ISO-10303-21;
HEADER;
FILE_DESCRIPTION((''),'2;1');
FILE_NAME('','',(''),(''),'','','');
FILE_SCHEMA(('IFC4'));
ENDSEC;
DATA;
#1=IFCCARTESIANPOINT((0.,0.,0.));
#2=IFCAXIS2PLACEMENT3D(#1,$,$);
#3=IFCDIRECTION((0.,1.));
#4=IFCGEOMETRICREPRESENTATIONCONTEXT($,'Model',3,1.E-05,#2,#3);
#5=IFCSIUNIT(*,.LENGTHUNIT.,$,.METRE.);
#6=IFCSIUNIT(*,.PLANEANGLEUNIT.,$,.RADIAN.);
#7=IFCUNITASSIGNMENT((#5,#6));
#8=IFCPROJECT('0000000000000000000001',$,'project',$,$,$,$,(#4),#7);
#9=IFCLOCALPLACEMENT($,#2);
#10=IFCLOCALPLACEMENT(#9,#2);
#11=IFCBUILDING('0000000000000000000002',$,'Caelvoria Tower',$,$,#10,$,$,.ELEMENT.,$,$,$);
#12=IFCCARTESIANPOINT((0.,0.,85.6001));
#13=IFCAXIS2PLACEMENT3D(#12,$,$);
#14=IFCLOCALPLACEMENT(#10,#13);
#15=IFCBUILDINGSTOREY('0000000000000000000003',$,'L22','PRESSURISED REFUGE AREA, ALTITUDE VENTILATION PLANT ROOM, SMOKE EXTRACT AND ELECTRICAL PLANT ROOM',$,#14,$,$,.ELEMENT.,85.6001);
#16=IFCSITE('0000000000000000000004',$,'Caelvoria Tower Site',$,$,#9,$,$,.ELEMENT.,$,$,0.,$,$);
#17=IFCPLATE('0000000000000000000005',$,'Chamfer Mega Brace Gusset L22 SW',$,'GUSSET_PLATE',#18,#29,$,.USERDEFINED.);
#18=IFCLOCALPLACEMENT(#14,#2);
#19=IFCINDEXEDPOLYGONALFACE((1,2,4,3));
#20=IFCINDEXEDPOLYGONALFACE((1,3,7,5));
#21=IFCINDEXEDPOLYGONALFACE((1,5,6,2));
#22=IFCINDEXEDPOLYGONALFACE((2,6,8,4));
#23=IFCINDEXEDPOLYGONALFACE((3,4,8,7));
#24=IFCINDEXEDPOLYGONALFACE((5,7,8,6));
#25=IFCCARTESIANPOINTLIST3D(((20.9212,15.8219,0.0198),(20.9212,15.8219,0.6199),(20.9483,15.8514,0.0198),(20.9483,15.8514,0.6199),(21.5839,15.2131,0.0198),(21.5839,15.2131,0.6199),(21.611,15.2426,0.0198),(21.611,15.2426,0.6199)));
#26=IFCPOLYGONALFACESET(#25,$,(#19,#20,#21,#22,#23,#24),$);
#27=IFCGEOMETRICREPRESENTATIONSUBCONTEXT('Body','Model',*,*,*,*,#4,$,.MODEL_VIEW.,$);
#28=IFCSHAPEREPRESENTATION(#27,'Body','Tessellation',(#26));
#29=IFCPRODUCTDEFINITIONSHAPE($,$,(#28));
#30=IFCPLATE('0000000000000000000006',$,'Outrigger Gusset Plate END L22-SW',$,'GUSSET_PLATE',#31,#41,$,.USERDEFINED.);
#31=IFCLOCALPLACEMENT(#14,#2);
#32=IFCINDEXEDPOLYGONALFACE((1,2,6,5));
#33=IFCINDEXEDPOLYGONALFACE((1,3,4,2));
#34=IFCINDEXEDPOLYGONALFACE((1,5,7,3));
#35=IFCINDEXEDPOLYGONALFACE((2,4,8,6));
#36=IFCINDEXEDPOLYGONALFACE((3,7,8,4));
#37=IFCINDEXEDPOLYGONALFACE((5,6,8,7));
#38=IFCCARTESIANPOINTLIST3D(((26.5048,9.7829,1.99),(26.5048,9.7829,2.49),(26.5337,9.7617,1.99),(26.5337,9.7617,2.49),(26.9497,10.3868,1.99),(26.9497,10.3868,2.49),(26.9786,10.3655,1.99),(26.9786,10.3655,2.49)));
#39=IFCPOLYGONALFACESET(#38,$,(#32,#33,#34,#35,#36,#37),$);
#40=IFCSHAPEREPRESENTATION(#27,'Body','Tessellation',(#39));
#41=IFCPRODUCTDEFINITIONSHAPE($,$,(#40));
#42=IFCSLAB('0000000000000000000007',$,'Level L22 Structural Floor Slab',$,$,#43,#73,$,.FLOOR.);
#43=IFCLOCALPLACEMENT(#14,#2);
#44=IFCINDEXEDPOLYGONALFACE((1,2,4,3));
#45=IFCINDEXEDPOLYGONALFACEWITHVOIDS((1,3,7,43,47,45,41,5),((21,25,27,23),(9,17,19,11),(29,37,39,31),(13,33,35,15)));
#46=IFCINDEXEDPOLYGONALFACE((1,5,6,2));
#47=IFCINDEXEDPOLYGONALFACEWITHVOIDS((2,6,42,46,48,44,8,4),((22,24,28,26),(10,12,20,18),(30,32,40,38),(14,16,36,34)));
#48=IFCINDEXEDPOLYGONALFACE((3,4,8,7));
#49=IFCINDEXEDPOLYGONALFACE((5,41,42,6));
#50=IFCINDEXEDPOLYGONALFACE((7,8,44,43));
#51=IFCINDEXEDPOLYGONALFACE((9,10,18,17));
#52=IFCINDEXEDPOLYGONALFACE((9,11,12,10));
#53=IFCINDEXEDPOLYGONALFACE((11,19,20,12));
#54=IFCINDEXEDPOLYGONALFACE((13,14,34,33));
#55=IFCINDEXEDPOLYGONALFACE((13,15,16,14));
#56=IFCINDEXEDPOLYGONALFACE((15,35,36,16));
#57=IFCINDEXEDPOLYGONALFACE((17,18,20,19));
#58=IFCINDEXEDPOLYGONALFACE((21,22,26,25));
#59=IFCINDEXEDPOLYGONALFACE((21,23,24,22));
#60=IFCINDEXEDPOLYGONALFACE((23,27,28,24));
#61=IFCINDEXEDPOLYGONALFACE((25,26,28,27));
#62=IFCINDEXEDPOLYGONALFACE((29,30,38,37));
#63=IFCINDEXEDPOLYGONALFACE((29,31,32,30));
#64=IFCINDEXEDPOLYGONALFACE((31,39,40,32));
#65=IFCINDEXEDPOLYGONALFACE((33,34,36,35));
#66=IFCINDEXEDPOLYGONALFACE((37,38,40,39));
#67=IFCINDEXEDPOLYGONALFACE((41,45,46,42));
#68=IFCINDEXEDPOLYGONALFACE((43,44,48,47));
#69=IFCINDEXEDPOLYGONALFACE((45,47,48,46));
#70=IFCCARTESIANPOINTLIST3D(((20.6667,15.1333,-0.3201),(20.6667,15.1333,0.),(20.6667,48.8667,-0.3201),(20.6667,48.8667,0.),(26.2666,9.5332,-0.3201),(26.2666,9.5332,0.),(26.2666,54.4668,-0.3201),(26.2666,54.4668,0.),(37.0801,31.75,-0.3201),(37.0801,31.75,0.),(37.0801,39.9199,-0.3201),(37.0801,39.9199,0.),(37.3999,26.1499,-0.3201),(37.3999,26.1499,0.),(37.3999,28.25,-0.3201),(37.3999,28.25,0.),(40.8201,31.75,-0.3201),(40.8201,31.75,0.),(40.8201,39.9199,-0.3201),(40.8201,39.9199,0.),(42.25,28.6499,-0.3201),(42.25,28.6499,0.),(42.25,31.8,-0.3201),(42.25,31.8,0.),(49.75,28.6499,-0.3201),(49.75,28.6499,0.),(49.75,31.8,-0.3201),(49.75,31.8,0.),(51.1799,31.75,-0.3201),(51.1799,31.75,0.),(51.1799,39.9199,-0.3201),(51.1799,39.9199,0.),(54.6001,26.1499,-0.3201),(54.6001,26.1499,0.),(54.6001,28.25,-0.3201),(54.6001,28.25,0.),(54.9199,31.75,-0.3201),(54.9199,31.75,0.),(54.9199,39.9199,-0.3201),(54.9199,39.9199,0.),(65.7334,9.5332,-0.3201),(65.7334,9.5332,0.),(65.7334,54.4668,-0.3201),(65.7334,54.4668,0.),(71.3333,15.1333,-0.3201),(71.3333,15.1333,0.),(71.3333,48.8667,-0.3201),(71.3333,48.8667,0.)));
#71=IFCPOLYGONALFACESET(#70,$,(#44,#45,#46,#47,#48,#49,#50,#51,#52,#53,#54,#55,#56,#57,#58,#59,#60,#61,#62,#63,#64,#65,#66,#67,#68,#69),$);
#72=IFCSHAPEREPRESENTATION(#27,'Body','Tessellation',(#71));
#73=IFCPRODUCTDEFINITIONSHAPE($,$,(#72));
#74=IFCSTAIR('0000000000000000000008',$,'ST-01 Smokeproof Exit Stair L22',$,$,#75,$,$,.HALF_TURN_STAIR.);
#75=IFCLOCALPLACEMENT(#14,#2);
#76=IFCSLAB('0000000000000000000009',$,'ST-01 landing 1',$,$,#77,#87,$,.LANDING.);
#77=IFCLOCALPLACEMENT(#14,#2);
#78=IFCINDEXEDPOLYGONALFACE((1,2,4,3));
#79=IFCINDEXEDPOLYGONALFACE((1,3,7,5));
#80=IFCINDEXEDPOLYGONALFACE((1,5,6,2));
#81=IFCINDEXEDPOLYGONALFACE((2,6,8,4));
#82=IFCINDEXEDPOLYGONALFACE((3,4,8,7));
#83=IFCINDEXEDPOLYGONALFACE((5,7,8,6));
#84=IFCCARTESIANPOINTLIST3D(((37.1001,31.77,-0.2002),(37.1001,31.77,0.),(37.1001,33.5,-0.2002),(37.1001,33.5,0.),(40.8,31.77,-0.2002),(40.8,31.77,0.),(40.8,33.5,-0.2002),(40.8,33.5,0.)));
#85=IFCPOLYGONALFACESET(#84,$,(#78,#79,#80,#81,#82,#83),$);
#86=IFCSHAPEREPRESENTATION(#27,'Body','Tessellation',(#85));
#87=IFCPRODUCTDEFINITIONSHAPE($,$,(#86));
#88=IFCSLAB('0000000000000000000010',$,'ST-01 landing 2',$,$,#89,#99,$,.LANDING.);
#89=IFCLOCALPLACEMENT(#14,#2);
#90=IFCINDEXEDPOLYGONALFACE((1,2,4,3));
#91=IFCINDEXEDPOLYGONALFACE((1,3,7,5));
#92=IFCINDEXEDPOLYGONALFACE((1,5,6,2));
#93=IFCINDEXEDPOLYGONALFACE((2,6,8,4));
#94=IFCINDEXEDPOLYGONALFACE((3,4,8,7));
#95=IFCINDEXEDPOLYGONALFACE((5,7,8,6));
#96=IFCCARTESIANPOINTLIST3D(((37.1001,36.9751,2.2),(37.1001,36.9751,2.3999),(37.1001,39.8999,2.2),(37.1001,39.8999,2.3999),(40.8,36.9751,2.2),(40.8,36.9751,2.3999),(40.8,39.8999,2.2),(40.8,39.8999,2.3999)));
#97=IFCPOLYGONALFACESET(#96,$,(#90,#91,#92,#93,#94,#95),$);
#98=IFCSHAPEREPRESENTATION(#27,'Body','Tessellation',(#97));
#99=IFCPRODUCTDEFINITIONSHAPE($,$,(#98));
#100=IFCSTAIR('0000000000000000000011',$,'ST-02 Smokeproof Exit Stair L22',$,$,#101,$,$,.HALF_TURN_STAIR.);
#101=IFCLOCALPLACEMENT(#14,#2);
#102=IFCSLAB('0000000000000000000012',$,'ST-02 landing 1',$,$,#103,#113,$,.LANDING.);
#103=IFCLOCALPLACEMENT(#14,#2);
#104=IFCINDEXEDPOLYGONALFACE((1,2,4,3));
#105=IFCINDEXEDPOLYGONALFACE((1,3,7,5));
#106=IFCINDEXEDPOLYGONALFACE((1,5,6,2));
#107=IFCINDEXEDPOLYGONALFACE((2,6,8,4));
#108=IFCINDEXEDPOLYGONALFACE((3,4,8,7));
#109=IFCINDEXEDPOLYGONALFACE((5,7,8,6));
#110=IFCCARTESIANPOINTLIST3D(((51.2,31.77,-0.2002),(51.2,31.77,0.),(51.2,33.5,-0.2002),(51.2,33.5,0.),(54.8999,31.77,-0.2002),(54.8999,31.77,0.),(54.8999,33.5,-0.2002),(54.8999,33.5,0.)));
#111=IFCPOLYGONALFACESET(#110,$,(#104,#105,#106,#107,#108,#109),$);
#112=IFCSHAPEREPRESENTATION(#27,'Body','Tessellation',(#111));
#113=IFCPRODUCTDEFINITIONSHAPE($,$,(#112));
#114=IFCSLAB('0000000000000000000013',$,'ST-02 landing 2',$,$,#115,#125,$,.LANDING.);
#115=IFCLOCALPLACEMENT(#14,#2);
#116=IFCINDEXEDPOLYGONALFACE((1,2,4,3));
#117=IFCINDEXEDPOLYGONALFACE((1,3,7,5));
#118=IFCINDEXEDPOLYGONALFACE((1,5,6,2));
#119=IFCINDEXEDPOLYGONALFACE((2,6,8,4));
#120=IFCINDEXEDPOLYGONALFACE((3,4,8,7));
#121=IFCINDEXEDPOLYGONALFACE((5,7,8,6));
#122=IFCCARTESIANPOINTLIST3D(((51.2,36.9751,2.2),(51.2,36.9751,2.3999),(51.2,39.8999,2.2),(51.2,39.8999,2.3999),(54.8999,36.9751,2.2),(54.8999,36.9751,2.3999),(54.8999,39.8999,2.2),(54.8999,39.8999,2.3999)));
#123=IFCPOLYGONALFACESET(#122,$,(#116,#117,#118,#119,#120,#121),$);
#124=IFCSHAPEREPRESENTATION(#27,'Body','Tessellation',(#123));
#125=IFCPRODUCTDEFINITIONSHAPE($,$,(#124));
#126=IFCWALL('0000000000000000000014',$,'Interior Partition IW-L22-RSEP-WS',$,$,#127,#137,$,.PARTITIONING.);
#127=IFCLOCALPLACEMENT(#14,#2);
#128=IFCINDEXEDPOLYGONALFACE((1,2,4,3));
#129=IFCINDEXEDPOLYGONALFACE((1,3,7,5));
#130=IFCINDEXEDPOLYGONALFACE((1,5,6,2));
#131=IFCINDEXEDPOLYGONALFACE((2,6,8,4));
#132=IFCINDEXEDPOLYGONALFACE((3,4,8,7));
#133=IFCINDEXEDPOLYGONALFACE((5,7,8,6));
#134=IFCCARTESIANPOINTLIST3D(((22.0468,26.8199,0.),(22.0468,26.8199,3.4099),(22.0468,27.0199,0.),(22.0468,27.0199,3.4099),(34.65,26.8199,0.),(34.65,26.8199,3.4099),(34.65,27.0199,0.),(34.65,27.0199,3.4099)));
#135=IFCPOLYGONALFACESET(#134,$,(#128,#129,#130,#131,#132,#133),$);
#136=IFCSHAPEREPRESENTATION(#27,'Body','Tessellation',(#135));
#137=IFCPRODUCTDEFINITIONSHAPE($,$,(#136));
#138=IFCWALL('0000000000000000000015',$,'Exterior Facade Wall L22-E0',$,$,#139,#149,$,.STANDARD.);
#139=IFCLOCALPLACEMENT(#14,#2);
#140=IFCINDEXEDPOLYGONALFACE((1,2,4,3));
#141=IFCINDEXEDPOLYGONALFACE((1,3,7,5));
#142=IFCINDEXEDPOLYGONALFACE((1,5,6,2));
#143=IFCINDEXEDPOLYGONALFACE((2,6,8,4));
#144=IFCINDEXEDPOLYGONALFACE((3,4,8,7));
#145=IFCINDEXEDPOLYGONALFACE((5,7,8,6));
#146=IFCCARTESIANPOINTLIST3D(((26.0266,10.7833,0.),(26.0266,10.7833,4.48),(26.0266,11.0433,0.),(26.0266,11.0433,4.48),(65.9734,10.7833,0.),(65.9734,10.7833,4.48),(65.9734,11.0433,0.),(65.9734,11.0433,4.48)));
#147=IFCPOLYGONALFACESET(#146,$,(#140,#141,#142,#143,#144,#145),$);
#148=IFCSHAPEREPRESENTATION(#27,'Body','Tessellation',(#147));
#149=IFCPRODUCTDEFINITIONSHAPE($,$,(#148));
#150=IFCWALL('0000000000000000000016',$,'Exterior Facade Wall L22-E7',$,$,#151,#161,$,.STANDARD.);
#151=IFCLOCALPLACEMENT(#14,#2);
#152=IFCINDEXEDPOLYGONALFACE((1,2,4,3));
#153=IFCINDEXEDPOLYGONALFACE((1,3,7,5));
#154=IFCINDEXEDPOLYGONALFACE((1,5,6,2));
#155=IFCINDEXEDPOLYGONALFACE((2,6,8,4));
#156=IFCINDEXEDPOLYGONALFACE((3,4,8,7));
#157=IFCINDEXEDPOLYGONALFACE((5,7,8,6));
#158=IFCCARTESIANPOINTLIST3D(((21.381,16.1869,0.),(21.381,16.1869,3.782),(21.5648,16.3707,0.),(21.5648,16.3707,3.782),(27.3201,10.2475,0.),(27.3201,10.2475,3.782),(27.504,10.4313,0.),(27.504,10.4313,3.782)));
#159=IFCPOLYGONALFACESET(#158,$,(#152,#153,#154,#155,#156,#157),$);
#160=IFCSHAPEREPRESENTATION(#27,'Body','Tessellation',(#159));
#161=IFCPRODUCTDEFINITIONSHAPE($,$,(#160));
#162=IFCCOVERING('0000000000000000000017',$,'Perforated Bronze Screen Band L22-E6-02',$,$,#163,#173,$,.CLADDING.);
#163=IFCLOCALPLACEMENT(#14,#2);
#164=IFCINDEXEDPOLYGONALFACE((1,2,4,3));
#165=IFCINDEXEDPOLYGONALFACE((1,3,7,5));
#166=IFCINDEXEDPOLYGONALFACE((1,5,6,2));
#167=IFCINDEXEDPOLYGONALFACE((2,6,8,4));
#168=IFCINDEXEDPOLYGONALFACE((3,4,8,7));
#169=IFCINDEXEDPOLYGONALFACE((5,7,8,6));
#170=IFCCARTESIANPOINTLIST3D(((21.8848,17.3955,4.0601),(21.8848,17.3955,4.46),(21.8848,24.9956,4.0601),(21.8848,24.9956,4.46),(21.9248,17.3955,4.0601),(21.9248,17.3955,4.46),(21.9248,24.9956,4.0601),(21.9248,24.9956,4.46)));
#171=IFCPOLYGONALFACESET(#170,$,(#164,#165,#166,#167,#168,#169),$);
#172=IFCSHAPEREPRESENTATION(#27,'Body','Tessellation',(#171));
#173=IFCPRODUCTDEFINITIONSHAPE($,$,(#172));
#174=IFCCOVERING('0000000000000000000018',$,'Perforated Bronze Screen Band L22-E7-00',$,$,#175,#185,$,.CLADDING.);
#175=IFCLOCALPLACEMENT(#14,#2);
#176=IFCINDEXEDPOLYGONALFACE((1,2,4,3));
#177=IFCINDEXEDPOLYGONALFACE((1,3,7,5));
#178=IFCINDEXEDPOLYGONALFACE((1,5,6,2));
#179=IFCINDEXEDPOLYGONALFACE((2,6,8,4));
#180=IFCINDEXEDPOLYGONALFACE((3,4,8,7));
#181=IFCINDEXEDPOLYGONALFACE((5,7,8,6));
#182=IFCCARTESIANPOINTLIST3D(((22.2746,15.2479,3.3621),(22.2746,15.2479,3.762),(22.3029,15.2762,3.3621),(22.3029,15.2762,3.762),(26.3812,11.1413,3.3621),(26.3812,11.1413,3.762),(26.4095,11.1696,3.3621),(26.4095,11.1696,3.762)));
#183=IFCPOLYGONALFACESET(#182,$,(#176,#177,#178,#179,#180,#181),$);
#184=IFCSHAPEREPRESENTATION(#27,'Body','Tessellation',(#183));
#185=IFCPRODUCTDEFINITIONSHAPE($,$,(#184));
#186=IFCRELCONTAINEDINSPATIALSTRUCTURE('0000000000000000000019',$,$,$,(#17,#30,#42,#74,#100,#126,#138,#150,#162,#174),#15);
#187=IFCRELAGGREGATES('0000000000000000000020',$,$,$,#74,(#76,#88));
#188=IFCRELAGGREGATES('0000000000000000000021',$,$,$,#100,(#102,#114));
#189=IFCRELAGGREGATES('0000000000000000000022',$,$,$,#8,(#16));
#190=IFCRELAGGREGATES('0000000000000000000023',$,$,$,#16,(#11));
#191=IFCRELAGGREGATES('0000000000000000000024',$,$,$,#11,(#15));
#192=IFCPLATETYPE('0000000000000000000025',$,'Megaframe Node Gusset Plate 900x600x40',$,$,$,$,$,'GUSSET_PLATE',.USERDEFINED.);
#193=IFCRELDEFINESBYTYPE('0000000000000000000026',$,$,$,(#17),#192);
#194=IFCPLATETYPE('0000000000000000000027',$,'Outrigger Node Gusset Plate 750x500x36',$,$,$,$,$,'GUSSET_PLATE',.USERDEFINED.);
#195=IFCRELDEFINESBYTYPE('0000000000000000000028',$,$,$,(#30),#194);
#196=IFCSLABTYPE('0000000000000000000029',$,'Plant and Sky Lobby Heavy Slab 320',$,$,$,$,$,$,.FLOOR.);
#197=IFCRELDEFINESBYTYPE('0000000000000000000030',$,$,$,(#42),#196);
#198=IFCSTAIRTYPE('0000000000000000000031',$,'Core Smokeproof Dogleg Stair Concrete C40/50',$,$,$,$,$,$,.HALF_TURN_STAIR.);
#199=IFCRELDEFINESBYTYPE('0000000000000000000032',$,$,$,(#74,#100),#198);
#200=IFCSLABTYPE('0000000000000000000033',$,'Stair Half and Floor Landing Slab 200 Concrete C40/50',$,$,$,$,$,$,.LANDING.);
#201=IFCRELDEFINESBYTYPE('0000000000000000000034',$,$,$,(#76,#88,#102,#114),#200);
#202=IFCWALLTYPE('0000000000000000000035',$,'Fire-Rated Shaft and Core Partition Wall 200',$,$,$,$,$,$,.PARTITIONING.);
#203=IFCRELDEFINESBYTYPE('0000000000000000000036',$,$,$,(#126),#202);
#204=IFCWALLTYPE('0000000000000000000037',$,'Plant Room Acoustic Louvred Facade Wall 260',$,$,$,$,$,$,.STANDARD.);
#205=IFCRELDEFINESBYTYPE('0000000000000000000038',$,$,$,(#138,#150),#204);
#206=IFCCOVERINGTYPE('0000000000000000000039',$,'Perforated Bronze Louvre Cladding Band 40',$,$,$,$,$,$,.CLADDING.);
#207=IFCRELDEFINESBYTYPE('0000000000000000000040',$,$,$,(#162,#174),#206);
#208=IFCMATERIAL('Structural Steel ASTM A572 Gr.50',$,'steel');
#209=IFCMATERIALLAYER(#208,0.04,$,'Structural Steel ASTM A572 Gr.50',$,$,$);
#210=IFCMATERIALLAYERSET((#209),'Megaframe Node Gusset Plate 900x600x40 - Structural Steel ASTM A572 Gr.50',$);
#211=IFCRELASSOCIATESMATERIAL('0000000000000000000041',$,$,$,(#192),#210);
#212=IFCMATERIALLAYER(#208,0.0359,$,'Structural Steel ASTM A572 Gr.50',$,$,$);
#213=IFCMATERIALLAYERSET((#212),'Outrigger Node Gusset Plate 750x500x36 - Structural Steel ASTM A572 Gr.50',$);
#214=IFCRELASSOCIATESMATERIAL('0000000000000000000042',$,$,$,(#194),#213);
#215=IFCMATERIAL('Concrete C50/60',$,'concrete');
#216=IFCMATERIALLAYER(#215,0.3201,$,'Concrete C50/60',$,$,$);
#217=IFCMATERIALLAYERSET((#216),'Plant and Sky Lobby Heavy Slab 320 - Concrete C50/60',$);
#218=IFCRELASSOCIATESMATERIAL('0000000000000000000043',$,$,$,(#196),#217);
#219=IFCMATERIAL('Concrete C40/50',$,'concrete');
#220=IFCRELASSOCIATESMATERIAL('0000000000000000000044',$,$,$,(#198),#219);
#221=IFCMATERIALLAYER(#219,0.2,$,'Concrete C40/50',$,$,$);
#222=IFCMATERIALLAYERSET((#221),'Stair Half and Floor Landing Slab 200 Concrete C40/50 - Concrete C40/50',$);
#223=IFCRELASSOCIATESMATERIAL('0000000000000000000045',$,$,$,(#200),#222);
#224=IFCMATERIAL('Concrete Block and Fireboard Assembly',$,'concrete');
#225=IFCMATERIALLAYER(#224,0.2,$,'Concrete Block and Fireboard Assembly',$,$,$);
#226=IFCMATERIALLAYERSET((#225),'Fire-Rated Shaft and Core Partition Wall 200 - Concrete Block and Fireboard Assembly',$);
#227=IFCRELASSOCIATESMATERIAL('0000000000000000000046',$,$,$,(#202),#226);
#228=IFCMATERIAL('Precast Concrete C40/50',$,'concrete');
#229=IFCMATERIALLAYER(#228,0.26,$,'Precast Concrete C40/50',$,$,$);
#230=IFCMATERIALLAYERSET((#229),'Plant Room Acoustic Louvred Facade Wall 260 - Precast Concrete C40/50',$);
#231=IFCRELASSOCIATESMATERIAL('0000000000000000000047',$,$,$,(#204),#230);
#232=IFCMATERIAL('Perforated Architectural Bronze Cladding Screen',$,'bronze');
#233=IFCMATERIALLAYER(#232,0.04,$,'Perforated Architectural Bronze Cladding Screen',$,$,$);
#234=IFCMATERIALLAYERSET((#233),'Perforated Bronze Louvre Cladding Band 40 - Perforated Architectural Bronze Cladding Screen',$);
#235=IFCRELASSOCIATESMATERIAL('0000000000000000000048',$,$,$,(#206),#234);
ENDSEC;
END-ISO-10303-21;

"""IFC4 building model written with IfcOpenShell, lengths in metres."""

from ifc_helpers import new_model, si_unit, direction, frame, frame_2d, origin, origin_2d, place, context, subcontext, project, spatial, polyline, rectangle, outline, extrude, material, layer, layer_set, type_object, element, aggregate, save


model = new_model("IFC4")

# Units and contexts
model_context = context("Model", 3, precision=1e-05, world=origin(), true_north=direction((0.0, 1.0)))
body_context = subcontext(model_context, "Body", "Model", "MODEL_VIEW")
ifc_project = project(units=[si_unit("LENGTHUNIT", "METRE"), si_unit("PLANEANGLEUNIT", "RADIAN")], contexts=[model_context])

# Site, building, storey
site_placement = place(None, origin())
site = spatial("IfcSite", under=ifc_project, at=site_placement, Name="Caelvoria Tower Site", CompositionType="ELEMENT", RefElevation=0.0)
building_placement = place(site_placement, origin())
building = spatial("IfcBuilding", under=site, at=building_placement, Name="Caelvoria Tower", CompositionType="ELEMENT")
storey_placement = place(building_placement, frame((0.0, 0.0, 85.6001)))
storey = spatial("IfcBuildingStorey", under=building, at=storey_placement, Name="L22", Description="PRESSURISED REFUGE AREA, ALTITUDE VENTILATION PLANT ROOM, SMOKE EXTRACT AND ELECTRICAL PLANT ROOM", CompositionType="ELEMENT", Elevation=85.6001)

# Shared definitions
ifc_material_1 = material(Name="Structural Steel ASTM A572 Gr.50", Category="steel")

# Plates
ifc_layer_1 = layer(ifc_material_1, 0.04, Name="Structural Steel ASTM A572 Gr.50")
ifc_layer_set_1 = layer_set([ifc_layer_1], Name="Megaframe Node Gusset Plate 900x600x40 - Structural Steel ASTM A572 Gr.50")
plate_type_1 = type_object("IfcPlateType", Name="Megaframe Node Gusset Plate 900x600x40", ElementType="GUSSET_PLATE", PredefinedType="USERDEFINED", material=ifc_layer_set_1)
plate_1_placement = place(storey_placement, frame((21.2661, 15.5322, 0.0198), z_axis=(0.0, 0.0, 1.0), x_axis=(0.736462, -0.676479, 0.0)))
element("IfcPlate", 1, at=plate_1_placement, inside=storey, type_object=plate_type_1, Name="Chamfer Mega Brace Gusset L22 SW", ObjectType="GUSSET_PLATE", PredefinedType="USERDEFINED", context=body_context, shape_type="SweptSolid", body=[
    extrude(rectangle(XDim=0.8999, YDim=0.04, at=origin_2d()), origin(), (0.0, 0.0, 1.0), 0.6001),
])
ifc_layer_2 = layer(ifc_material_1, 0.0359, Name="Structural Steel ASTM A572 Gr.50")
ifc_layer_set_2 = layer_set([ifc_layer_2], Name="Outrigger Node Gusset Plate 750x500x36 - Structural Steel ASTM A572 Gr.50")
plate_type_2 = type_object("IfcPlateType", Name="Outrigger Node Gusset Plate 750x500x36", ElementType="GUSSET_PLATE", PredefinedType="USERDEFINED", material=ifc_layer_set_2)
plate_2_placement = place(storey_placement, frame((26.7417, 10.0742, 1.99), z_axis=(0.0, 0.0, 1.0), x_axis=(-0.593093, -0.805134, 0.0)))
element("IfcPlate", 2, at=plate_2_placement, inside=storey, type_object=plate_type_2, Name="Outrigger Gusset Plate END L22-SW", ObjectType="GUSSET_PLATE", PredefinedType="USERDEFINED", context=body_context, shape_type="SweptSolid", body=[
    extrude(rectangle(XDim=0.75, YDim=0.0359, at=origin_2d()), origin(), (0.0, 0.0, 1.0), 0.5),
])

# Slab
ifc_material_2 = material(Name="Concrete C50/60", Category="concrete")
ifc_layer_3 = layer(ifc_material_2, 0.3201, Name="Concrete C50/60")
ifc_layer_set_3 = layer_set([ifc_layer_3], Name="Plant and Sky Lobby Heavy Slab 320 - Concrete C50/60")
slab_type_1 = type_object("IfcSlabType", Name="Plant and Sky Lobby Heavy Slab 320", PredefinedType="FLOOR", material=ifc_layer_set_3)
slab_1_placement = place(storey_placement, frame((0.0, 0.0, -0.3201)))
element("IfcSlab", 3, at=slab_1_placement, inside=storey, type_object=slab_type_1, Name="Level L22 Structural Floor Slab", PredefinedType="FLOOR", context=body_context, shape_type="SweptSolid", body=[
    extrude(outline(polyline([(26.2666, 9.5332), (65.7334, 9.5332), (71.3333, 15.1333), (71.3333, 48.8667), (65.7334, 54.4668), (26.2666, 54.4668), (20.6667, 48.8667), (20.6667, 15.1333), (26.2666, 9.5332)]), holes=[polyline([(37.0801, 31.75), (40.8201, 31.75), (40.8201, 39.9199), (37.0801, 39.9199), (37.0801, 31.75)]), polyline([(51.1799, 31.75), (54.9199, 31.75), (54.9199, 39.9199), (51.1799, 39.9199), (51.1799, 31.75)]), polyline([(42.25, 28.6499), (49.75, 28.6499), (49.75, 31.8), (42.25, 31.8), (42.25, 28.6499)]), polyline([(37.3999, 26.1499), (54.6001, 26.1499), (54.6001, 28.25), (37.3999, 28.25), (37.3999, 26.1499)])]), origin(), (0.0, 0.0, 1.0), 0.3201),
])

# Stairs, slabs
ifc_material_3 = material(Name="Concrete C40/50", Category="concrete")
stair_type = type_object("IfcStairType", Name="Core Smokeproof Dogleg Stair Concrete C40/50", PredefinedType="HALF_TURN_STAIR", material=ifc_material_3)
stair_1_placement = place(storey_placement, origin())
stair_1 = element("IfcStair", 4, at=stair_1_placement, inside=storey, type_object=stair_type, Name="ST-01 Smokeproof Exit Stair L22", PredefinedType="HALF_TURN_STAIR")
ifc_layer_4 = layer(ifc_material_3, 0.2, Name="Concrete C40/50")
ifc_layer_set_4 = layer_set([ifc_layer_4], Name="Stair Half and Floor Landing Slab 200 Concrete C40/50 - Concrete C40/50")
slab_type_2 = type_object("IfcSlabType", Name="Stair Half and Floor Landing Slab 200 Concrete C40/50", PredefinedType="LANDING", material=ifc_layer_set_4)
slab_2_placement = place(storey_placement, frame((0.0, 0.0, -0.2002)))
slab_2 = element("IfcSlab", 5, at=slab_2_placement, type_object=slab_type_2, Name="ST-01 landing 1", PredefinedType="LANDING", context=body_context, shape_type="SweptSolid", body=[
    extrude(outline(polyline([(37.1001, 31.77), (40.8, 31.77), (40.8, 33.5), (37.1001, 33.5), (37.1001, 31.77)])), origin(), (0.0, 0.0, 1.0), 0.2002),
])
slab_3_placement = place(storey_placement, frame((0.0, 0.0, 2.2)))
slab_3 = element("IfcSlab", 6, at=slab_3_placement, type_object=slab_type_2, Name="ST-01 landing 2", PredefinedType="LANDING", context=body_context, shape_type="SweptSolid", body=[
    extrude(outline(polyline([(37.1001, 36.9751), (40.8, 36.9751), (40.8, 39.8999), (37.1001, 39.8999), (37.1001, 36.9751)])), origin(), (0.0, 0.0, 1.0), 0.2),
])
aggregate(stair_1, [slab_2, slab_3])
stair_2_placement = place(storey_placement, origin())
stair_2 = element("IfcStair", 7, at=stair_2_placement, inside=storey, type_object=stair_type, Name="ST-02 Smokeproof Exit Stair L22", PredefinedType="HALF_TURN_STAIR")
slab_4_placement = place(storey_placement, frame((0.0, 0.0, -0.2002)))
slab_4 = element("IfcSlab", 8, at=slab_4_placement, type_object=slab_type_2, Name="ST-02 landing 1", PredefinedType="LANDING", context=body_context, shape_type="SweptSolid", body=[
    extrude(outline(polyline([(51.2, 31.77), (54.8999, 31.77), (54.8999, 33.5), (51.2, 33.5), (51.2, 31.77)])), origin(), (0.0, 0.0, 1.0), 0.2002),
])
slab_5_placement = place(storey_placement, frame((0.0, 0.0, 2.2)))
slab_5 = element("IfcSlab", 9, at=slab_5_placement, type_object=slab_type_2, Name="ST-02 landing 2", PredefinedType="LANDING", context=body_context, shape_type="SweptSolid", body=[
    extrude(outline(polyline([(51.2, 36.9751), (54.8999, 36.9751), (54.8999, 39.8999), (51.2, 39.8999), (51.2, 36.9751)])), origin(), (0.0, 0.0, 1.0), 0.2),
])
aggregate(stair_2, [slab_4, slab_5])

# Walls
ifc_material_4 = material(Name="Concrete Block and Fireboard Assembly", Category="concrete")
ifc_layer_5 = layer(ifc_material_4, 0.2, Name="Concrete Block and Fireboard Assembly")
ifc_layer_set_5 = layer_set([ifc_layer_5], Name="Fire-Rated Shaft and Core Partition Wall 200 - Concrete Block and Fireboard Assembly")
wall_type_1 = type_object("IfcWallType", Name="Fire-Rated Shaft and Core Partition Wall 200", PredefinedType="PARTITIONING", material=ifc_layer_set_5)
wall_1_placement = place(storey_placement, frame((22.0466, 26.9199, 0.0), z_axis=(0.0, 0.0, 1.0), x_axis=(1.0, 0.0, 0.0)))
element("IfcWall", 10, at=wall_1_placement, inside=storey, type_object=wall_type_1, Name="Interior Partition IW-L22-RSEP-WS", PredefinedType="PARTITIONING", context=body_context, shape_type="SweptSolid", body=[
    extrude(rectangle(XDim=12.6033, YDim=0.2, at=frame_2d((6.3018, 0.0))), origin(), (0.0, 0.0, 1.0), 3.4099),
])
ifc_material_5 = material(Name="Precast Concrete C40/50", Category="concrete")
ifc_layer_6 = layer(ifc_material_5, 0.26, Name="Precast Concrete C40/50")
ifc_layer_set_6 = layer_set([ifc_layer_6], Name="Plant Room Acoustic Louvred Facade Wall 260 - Precast Concrete C40/50")
wall_type_2 = type_object("IfcWallType", Name="Plant Room Acoustic Louvred Facade Wall 260", PredefinedType="STANDARD", material=ifc_layer_set_6)
wall_2_placement = place(storey_placement, frame((26.0266, 10.9133, 0.0), z_axis=(0.0, 0.0, 1.0), x_axis=(1.0, 0.0, 0.0)))
element("IfcWall", 11, at=wall_2_placement, inside=storey, type_object=wall_type_2, Name="Exterior Facade Wall L22-E0", PredefinedType="STANDARD", context=body_context, shape_type="SweptSolid", body=[
    extrude(rectangle(XDim=39.9468, YDim=0.26, at=frame_2d((19.9734, 0.0))), origin(), (0.0, 0.0, 1.0), 4.48),
])
wall_3_placement = place(storey_placement, frame((21.4729, 16.2788, 0.0), z_axis=(0.0, 0.0, 1.0), x_axis=(0.707092, -0.707121, 0.0)))
element("IfcWall", 12, at=wall_3_placement, inside=storey, type_object=wall_type_2, Name="Exterior Facade Wall L22-E7", PredefinedType="STANDARD", context=body_context, shape_type="SweptSolid", body=[
    extrude(rectangle(XDim=8.3994, YDim=0.26, at=frame_2d((4.1997, 0.0))), origin(), (0.0, 0.0, 1.0), 3.782),
])

# Coverings
ifc_material_6 = material(Name="Perforated Architectural Bronze Cladding Screen", Category="bronze")
ifc_layer_7 = layer(ifc_material_6, 0.04, Name="Perforated Architectural Bronze Cladding Screen")
ifc_layer_set_7 = layer_set([ifc_layer_7], Name="Perforated Bronze Louvre Cladding Band 40 - Perforated Architectural Bronze Cladding Screen")
covering_type = type_object("IfcCoveringType", Name="Perforated Bronze Louvre Cladding Band 40", PredefinedType="CLADDING", material=ifc_layer_set_7)
covering_1_placement = place(storey_placement, frame((21.9048, 21.1956, 4.0601), z_axis=(0.0, 0.0, 1.0), x_axis=(0.0, -1.0, 0.0)))
element("IfcCovering", 13, at=covering_1_placement, inside=storey, type_object=covering_type, Name="Perforated Bronze Screen Band L22-E6-02", PredefinedType="CLADDING", context=body_context, shape_type="SweptSolid", body=[
    extrude(rectangle(XDim=7.6001, YDim=0.04, at=origin_2d()), origin(), (0.0, 0.0, 1.0), 0.3999),
])
covering_2_placement = place(storey_placement, frame((24.342, 13.2087, 3.3621), z_axis=(0.0, 0.0, 1.0), x_axis=(0.707107, -0.707107, 0.0)))
element("IfcCovering", 14, at=covering_2_placement, inside=storey, type_object=covering_type, Name="Perforated Bronze Screen Band L22-E7-00", PredefinedType="CLADDING", context=body_context, shape_type="SweptSolid", body=[
    extrude(rectangle(XDim=5.8076, YDim=0.04, at=origin_2d()), origin(), (0.0, 0.0, 1.0), 0.3999),
])

save(model, "model.ifc")
